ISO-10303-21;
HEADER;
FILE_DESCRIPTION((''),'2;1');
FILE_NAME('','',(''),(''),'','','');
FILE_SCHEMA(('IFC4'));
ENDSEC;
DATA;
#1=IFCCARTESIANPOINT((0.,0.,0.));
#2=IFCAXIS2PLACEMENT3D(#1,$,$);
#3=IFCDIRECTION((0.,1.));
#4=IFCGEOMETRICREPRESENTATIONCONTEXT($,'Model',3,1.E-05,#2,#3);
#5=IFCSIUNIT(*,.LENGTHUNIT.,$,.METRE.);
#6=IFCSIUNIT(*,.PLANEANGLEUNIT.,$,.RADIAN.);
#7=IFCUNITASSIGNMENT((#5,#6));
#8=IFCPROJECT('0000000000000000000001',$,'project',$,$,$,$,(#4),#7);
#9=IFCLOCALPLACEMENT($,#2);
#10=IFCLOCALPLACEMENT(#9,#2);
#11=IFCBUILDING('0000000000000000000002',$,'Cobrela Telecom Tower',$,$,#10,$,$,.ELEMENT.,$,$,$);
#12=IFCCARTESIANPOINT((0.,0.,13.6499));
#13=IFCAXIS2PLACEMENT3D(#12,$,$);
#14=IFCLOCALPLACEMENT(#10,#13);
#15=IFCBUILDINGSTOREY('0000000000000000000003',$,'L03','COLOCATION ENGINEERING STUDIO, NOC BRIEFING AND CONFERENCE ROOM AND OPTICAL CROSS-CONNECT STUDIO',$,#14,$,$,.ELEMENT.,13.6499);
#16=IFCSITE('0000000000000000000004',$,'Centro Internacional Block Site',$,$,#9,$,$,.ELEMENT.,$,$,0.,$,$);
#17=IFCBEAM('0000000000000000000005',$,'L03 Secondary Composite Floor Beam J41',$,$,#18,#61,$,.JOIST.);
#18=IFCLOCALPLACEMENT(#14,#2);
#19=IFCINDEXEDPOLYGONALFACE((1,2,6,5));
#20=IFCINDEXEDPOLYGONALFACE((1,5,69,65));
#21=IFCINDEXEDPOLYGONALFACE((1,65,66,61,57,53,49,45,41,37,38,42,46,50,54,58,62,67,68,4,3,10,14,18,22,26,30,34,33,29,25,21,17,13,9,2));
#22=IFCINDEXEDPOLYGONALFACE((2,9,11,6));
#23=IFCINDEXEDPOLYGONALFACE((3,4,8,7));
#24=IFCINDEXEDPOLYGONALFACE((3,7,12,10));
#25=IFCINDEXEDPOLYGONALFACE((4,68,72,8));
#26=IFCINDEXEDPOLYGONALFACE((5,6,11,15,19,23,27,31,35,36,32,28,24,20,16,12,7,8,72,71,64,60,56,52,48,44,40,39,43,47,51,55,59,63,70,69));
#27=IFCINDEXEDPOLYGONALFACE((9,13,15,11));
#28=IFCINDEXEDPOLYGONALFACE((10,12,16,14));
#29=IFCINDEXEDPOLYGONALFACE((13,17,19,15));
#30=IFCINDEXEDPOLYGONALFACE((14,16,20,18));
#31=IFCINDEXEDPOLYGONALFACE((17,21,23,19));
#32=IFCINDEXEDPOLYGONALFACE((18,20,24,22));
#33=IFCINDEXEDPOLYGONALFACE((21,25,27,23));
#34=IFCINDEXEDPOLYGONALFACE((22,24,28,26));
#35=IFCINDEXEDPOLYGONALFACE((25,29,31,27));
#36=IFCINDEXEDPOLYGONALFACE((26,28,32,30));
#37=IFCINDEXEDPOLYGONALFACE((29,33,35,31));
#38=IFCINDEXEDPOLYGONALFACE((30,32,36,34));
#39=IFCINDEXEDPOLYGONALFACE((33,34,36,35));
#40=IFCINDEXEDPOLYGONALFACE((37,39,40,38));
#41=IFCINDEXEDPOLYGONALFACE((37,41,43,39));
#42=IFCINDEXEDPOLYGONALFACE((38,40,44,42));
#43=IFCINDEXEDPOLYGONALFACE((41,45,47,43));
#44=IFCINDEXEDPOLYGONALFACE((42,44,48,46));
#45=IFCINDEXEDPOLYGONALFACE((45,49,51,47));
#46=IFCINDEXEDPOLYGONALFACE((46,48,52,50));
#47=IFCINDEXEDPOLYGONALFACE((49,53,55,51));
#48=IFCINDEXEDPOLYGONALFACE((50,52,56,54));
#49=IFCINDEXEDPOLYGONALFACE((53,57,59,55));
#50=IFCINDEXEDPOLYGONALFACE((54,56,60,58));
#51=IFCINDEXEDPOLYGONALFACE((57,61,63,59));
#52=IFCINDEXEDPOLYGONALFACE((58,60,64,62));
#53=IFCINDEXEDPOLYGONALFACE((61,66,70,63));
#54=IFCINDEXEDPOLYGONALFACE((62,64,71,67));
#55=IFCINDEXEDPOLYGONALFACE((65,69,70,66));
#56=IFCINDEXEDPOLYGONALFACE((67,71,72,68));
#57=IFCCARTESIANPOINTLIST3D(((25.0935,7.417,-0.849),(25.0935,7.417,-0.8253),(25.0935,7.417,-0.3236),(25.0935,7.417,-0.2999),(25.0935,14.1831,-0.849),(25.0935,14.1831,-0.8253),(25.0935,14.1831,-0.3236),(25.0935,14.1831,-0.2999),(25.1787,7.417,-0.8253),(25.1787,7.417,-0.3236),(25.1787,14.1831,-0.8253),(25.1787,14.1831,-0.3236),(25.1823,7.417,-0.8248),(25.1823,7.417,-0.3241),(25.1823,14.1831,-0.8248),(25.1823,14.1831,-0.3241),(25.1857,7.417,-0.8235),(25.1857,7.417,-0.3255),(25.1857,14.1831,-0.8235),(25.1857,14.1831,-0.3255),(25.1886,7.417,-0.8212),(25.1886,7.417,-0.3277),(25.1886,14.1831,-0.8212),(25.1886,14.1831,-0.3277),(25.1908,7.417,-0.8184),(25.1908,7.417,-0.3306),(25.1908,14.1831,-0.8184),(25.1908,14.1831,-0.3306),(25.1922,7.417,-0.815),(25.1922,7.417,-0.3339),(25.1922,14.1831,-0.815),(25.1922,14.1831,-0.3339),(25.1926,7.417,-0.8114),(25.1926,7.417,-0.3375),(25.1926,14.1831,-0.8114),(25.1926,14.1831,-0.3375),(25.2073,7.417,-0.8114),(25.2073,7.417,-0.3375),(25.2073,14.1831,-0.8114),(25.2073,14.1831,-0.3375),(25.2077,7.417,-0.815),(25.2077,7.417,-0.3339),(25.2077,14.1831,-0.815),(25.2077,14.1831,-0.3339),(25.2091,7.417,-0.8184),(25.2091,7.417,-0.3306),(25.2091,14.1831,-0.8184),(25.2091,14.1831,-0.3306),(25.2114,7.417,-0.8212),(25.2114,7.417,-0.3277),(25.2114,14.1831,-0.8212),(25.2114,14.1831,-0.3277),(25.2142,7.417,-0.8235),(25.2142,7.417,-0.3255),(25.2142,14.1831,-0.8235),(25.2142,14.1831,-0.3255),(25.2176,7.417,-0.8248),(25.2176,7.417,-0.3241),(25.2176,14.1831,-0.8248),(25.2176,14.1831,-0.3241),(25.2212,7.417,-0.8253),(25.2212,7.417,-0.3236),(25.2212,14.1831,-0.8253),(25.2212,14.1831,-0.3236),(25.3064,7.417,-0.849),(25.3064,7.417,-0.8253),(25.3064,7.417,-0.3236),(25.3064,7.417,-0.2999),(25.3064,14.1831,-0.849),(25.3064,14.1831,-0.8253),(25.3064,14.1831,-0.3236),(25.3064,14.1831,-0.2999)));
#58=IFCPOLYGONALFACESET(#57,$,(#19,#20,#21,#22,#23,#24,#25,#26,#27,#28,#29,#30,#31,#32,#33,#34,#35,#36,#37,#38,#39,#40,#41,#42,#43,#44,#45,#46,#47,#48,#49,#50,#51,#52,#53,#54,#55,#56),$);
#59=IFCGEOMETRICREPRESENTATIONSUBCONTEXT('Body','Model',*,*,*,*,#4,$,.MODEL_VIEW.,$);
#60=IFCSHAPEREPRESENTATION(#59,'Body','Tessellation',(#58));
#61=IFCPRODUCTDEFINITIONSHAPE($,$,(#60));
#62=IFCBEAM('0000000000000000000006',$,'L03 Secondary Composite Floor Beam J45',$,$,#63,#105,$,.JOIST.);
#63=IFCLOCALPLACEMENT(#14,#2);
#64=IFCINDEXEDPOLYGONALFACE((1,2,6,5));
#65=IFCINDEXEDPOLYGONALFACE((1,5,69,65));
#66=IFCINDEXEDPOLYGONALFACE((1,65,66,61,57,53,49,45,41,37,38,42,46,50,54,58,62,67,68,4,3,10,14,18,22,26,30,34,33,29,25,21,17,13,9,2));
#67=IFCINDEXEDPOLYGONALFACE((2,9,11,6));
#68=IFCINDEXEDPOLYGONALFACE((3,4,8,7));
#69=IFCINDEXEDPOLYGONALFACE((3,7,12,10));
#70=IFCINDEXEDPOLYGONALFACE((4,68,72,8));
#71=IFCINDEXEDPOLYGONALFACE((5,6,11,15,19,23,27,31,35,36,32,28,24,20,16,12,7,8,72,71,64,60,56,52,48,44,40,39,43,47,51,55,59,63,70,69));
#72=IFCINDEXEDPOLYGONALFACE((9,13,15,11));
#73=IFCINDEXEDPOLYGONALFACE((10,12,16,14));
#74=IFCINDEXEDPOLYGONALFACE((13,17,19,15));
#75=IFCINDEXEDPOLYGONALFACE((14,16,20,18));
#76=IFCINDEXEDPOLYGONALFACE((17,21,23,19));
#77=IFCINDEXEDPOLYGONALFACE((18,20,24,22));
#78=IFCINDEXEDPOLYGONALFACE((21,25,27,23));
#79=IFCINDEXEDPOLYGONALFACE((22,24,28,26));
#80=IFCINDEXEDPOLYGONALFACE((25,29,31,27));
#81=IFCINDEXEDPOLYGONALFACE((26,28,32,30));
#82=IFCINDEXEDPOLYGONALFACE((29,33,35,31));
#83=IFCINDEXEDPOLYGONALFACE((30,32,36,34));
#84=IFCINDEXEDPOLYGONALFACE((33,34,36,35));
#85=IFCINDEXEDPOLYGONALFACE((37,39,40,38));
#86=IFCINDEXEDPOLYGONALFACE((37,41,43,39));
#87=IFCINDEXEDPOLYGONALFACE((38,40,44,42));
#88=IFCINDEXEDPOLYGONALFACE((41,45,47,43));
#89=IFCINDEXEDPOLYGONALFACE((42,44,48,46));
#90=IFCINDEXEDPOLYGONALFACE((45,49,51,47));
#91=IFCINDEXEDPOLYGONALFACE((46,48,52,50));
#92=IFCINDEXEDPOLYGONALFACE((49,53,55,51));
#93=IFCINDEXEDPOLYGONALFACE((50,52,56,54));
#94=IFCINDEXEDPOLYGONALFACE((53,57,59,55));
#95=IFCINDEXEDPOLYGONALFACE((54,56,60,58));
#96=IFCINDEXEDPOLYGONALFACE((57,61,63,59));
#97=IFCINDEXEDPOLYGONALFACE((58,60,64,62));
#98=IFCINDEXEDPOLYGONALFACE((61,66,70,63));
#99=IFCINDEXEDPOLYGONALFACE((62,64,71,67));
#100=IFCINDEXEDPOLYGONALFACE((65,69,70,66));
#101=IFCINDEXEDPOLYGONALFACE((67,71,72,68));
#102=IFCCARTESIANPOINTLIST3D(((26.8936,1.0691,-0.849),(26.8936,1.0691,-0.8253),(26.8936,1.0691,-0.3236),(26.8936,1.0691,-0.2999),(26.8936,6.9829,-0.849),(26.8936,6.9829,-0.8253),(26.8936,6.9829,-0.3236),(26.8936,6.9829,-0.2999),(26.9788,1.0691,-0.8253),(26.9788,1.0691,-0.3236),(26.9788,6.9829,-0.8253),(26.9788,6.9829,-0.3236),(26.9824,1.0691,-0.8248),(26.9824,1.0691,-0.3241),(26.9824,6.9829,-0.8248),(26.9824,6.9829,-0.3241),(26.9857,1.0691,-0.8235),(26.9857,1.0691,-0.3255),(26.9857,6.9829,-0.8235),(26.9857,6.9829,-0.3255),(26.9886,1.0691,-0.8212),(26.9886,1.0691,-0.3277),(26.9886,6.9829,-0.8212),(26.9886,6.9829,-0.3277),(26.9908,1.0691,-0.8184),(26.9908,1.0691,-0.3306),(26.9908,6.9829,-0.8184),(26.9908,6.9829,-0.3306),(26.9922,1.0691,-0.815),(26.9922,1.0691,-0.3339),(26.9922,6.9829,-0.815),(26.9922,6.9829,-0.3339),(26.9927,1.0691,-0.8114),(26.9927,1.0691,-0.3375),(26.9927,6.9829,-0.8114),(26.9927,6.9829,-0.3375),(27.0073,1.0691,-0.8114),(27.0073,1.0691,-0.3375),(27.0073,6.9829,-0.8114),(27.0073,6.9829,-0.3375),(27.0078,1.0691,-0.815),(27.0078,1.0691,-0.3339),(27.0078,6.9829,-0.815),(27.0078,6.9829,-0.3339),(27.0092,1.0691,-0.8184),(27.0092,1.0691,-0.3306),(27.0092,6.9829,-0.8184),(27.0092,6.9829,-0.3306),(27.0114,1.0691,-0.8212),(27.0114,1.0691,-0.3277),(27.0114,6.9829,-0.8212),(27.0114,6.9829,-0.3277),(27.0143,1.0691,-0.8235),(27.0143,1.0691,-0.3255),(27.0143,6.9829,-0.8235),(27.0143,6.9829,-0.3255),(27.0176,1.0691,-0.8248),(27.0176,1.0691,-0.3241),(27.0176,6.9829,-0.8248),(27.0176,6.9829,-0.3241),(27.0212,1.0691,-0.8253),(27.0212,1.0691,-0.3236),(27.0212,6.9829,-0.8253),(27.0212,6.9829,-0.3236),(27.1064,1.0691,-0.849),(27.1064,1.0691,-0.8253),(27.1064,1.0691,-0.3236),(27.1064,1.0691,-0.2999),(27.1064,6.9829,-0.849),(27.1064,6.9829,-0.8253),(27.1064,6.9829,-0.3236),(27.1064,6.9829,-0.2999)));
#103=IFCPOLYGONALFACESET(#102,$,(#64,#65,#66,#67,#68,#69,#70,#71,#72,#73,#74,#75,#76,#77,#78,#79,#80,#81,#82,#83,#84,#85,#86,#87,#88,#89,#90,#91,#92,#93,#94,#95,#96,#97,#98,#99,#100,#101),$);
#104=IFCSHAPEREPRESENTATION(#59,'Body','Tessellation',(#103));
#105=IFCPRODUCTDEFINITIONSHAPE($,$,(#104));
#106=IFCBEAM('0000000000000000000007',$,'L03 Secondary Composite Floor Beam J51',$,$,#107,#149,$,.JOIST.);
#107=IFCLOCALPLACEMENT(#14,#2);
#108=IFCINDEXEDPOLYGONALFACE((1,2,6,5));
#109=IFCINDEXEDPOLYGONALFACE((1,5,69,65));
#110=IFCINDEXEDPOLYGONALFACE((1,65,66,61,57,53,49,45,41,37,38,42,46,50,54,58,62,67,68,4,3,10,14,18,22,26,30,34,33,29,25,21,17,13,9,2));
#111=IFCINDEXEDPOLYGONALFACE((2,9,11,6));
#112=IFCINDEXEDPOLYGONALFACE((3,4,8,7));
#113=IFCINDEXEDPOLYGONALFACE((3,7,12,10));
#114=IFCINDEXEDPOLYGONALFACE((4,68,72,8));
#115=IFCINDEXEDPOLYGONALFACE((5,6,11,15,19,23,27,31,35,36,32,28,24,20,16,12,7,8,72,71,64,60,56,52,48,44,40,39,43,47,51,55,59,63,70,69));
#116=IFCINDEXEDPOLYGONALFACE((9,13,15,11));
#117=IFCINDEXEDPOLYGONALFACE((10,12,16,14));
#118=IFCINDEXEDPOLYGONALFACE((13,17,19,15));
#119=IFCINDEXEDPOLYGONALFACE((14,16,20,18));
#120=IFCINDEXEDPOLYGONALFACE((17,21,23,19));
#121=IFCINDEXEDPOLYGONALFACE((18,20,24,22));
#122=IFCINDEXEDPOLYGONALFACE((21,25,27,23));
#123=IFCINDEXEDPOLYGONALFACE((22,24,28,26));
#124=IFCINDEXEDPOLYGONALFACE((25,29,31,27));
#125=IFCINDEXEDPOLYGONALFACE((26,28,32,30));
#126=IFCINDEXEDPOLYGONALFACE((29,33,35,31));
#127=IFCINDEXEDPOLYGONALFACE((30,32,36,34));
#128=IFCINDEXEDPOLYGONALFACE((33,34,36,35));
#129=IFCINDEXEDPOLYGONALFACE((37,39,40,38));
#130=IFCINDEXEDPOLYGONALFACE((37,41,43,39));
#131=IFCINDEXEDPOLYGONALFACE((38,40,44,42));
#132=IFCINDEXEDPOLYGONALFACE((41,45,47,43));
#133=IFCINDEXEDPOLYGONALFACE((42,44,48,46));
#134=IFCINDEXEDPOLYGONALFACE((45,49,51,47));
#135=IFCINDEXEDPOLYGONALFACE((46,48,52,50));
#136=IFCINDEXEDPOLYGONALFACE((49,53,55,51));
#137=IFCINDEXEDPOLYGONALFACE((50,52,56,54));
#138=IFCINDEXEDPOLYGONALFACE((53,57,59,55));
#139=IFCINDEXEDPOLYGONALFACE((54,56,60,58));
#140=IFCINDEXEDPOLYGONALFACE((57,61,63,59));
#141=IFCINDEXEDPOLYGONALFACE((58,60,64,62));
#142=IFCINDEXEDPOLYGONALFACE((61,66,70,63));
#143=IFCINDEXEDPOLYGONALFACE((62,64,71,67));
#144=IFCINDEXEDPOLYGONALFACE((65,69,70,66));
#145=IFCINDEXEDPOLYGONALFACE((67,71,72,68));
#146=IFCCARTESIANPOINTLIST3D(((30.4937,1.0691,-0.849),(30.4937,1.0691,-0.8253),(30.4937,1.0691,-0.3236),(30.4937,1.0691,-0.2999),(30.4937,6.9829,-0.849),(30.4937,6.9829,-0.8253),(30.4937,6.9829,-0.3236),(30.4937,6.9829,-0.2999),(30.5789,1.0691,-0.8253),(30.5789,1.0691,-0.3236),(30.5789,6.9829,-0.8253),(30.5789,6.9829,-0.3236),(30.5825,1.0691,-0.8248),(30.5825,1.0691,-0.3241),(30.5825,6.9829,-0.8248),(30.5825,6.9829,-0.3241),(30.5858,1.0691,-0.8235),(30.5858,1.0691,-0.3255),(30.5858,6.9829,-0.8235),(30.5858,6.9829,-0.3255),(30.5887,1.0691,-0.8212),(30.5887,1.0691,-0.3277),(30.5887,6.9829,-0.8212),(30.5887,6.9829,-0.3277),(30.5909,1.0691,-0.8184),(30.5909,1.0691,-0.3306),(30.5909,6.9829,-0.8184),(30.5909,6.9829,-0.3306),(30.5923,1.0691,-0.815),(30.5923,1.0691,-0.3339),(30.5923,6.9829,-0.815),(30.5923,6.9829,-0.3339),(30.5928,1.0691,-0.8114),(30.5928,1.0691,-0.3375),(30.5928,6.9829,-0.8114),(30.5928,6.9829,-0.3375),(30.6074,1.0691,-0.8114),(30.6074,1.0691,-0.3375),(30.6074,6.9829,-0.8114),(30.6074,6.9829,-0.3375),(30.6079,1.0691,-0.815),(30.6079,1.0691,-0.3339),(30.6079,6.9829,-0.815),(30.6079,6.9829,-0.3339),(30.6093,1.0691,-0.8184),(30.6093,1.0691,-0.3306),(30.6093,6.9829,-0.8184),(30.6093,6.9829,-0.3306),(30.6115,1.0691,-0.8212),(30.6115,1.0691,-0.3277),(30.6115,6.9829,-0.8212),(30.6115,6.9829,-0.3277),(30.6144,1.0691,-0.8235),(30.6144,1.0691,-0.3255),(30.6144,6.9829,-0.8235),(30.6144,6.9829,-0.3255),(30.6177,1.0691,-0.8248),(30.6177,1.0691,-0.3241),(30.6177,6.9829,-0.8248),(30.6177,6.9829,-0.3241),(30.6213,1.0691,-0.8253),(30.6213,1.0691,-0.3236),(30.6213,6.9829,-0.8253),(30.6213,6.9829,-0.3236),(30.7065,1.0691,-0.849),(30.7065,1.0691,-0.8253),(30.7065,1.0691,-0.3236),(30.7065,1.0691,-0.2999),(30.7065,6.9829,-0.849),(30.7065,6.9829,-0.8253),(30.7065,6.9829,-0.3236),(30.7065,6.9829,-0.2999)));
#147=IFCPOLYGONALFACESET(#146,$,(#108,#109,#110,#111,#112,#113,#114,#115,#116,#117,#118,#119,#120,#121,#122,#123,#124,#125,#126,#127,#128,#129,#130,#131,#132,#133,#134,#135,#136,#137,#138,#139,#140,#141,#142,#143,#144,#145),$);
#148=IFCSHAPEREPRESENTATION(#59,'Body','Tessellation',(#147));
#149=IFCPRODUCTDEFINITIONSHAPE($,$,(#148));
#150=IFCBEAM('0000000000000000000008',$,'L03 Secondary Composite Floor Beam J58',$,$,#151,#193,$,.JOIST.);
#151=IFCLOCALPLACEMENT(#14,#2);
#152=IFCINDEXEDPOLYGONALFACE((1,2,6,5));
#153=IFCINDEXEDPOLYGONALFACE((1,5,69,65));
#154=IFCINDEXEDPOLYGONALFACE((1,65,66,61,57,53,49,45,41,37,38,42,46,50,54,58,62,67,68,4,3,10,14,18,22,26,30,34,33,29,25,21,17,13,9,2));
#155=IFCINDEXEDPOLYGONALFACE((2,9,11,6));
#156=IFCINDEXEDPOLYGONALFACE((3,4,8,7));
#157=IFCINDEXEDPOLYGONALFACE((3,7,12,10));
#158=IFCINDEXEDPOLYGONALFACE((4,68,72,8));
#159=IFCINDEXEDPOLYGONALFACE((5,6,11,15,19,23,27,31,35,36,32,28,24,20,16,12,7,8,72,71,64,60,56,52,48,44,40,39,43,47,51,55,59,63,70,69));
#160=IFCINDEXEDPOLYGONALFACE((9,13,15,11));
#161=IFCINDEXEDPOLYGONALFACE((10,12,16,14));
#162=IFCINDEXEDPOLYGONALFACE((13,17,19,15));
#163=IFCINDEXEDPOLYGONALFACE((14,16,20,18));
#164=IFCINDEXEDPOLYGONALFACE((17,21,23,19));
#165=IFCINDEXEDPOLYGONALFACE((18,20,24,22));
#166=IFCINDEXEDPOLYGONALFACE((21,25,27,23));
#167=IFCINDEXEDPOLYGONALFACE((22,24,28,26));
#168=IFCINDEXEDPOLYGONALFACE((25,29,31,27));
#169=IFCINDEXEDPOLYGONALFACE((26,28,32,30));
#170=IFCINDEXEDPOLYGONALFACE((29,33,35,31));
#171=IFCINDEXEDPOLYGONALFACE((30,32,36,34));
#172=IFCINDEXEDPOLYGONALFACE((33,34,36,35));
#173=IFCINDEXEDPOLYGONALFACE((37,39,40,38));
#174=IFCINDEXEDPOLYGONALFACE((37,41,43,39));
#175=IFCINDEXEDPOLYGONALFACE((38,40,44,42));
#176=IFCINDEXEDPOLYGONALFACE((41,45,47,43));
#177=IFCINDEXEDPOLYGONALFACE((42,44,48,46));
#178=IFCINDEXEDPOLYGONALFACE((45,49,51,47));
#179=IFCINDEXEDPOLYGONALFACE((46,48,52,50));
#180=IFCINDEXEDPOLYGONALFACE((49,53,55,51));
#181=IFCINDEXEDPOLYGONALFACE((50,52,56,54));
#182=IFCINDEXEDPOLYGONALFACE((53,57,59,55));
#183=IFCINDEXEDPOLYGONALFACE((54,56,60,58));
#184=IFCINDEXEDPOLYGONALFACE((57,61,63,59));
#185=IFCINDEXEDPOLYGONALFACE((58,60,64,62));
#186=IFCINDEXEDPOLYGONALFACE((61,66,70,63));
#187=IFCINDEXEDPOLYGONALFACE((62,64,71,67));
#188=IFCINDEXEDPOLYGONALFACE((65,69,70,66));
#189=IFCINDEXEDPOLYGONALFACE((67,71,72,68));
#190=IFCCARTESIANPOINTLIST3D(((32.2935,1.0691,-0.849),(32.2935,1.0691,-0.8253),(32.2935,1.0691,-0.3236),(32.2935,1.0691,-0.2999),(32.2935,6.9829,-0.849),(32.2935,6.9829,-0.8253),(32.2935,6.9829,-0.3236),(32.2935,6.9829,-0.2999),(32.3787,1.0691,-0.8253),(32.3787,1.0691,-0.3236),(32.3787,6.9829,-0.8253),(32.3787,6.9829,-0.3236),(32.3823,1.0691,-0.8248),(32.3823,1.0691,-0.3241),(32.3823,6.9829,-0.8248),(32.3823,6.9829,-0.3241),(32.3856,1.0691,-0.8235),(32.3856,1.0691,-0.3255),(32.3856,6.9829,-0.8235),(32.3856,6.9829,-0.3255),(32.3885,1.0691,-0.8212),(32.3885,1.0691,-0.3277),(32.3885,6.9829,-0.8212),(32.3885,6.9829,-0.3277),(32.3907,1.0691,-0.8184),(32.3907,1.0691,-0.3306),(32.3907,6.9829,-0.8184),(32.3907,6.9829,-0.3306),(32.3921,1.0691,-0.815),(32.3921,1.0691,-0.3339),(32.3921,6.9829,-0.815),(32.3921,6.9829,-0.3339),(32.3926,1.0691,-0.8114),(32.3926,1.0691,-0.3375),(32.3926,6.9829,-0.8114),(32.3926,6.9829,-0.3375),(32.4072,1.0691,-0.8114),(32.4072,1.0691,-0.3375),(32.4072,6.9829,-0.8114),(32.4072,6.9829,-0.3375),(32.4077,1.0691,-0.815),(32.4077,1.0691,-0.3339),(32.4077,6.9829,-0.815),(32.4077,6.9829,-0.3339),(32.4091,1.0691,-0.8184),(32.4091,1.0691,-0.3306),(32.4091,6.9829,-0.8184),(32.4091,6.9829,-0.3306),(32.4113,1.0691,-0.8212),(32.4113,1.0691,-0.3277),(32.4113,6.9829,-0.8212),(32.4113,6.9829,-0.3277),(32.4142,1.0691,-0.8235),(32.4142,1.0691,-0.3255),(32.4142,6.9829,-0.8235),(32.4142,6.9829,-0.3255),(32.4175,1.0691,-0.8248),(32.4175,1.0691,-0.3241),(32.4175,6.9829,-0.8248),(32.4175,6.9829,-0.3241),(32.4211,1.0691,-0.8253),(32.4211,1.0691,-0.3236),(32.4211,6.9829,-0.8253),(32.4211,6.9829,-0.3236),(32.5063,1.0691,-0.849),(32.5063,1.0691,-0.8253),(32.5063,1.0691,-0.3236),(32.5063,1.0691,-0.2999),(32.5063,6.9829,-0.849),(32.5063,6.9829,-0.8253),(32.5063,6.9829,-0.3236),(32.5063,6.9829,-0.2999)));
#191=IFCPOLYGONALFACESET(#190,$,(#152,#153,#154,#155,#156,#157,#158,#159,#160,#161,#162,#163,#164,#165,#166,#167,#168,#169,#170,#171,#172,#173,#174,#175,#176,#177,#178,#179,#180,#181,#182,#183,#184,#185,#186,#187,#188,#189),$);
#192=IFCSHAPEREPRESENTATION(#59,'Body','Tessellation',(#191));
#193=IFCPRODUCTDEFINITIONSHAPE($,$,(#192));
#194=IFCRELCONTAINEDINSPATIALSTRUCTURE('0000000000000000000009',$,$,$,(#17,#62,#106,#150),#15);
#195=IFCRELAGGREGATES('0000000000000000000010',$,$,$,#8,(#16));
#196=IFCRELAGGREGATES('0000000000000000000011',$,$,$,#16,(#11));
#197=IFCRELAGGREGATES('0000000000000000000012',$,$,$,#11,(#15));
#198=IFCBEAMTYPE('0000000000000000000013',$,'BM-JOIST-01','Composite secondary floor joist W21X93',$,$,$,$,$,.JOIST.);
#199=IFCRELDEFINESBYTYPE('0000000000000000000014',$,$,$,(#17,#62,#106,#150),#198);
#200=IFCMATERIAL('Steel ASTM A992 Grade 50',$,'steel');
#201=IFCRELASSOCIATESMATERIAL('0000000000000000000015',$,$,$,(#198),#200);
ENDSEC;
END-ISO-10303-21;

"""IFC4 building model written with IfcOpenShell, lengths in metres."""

from ifc_helpers import new_model, si_unit, direction, frame, origin, origin_2d, place, context, subcontext, project, spatial, i_section, extrude, material, material_profile, profile_set, type_object, element, save


model = new_model("IFC4")

# Units and contexts
model_context = context("Model", 3, precision=1e-05, world=origin(), true_north=direction((0.0, 1.0)))
body_context = subcontext(model_context, "Body", "Model", "MODEL_VIEW")
ifc_project = project(units=[si_unit("LENGTHUNIT", "METRE"), si_unit("PLANEANGLEUNIT", "RADIAN")], contexts=[model_context])

# Site, building, storey
site_placement = place(None, origin())
site = spatial("IfcSite", under=ifc_project, at=site_placement, Name="Centro Internacional Block Site", CompositionType="ELEMENT", RefElevation=0.0)
building_placement = place(site_placement, origin())
building = spatial("IfcBuilding", under=site, at=building_placement, Name="Cobrela Telecom Tower", CompositionType="ELEMENT")
storey_placement = place(building_placement, frame((0.0, 0.0, 13.6499)))
storey = spatial("IfcBuildingStorey", under=building, at=storey_placement, Name="L03", Description="COLOCATION ENGINEERING STUDIO, NOC BRIEFING AND CONFERENCE ROOM AND OPTICAL CROSS-CONNECT STUDIO", CompositionType="ELEMENT", Elevation=13.6499)

# Beams
ifc_material_1 = material(Name="Steel ASTM A992 Grade 50", Category="steel")
ifc_material_profile_1 = material_profile(ifc_material_1, i_section(OverallWidth=0.2129, OverallDepth=0.5491, WebThickness=0.0146, FlangeThickness=0.0237, FilletRadius=0.0139, at=origin_2d()), Name="W21X93")
ifc_profile_set_1 = profile_set([ifc_material_profile_1], Name="Steel ASTM A992 Grade 50")
beam_type_1 = type_object("IfcBeamType", Name="BM-JOIST-01", Description="Composite secondary floor joist W21X93", PredefinedType="JOIST", material=ifc_profile_set_1)
beam_1_placement = place(storey_placement, frame((25.2, 7.417, -0.5745), z_axis=(0.0, 1.0, 0.0), x_axis=(-1.0, 0.0, 0.0)))
element("IfcBeam", 1, at=beam_1_placement, inside=storey, type_object=beam_type_1, Name="L03 Secondary Composite Floor Beam J41", PredefinedType="JOIST", context=body_context, shape_type="SweptSolid", body=[
    extrude(i_section(OverallWidth=0.2129, OverallDepth=0.5491, WebThickness=0.0146, FlangeThickness=0.0237, FilletRadius=0.0139, at=origin_2d()), origin(), (0.0, 0.0, 1.0), 6.7661),
])
for number, where, z_axis, x_axis, name in (
    (2, (27.0, 1.0691, -0.5745), (0.0, 1.0, 0.0), (-1.0, 0.0, 0.0), "L03 Secondary Composite Floor Beam J45"),
    (3, (30.6001, 1.0691, -0.5745), (0.0, 1.0, 0.0), (-1.0, 0.0, 0.0), "L03 Secondary Composite Floor Beam J51"),
    (4, (32.3999, 1.0691, -0.5745), (0.0, 1.0, 0.0), (-1.0, 0.0, 0.0), "L03 Secondary Composite Floor Beam J58"),
):
    element("IfcBeam", number, at=place(storey_placement, frame(where, z_axis=z_axis, x_axis=x_axis)), inside=storey, type_object=beam_type_1, Name=name, PredefinedType="JOIST", context=body_context, shape_type="SweptSolid", body=[
        extrude(i_section(OverallWidth=0.2129, OverallDepth=0.5491, WebThickness=0.0146, FlangeThickness=0.0237, FilletRadius=0.0139, at=origin_2d()), origin(), (0.0, 0.0, 1.0), 5.9138),
    ])

save(model, "model.ifc")
